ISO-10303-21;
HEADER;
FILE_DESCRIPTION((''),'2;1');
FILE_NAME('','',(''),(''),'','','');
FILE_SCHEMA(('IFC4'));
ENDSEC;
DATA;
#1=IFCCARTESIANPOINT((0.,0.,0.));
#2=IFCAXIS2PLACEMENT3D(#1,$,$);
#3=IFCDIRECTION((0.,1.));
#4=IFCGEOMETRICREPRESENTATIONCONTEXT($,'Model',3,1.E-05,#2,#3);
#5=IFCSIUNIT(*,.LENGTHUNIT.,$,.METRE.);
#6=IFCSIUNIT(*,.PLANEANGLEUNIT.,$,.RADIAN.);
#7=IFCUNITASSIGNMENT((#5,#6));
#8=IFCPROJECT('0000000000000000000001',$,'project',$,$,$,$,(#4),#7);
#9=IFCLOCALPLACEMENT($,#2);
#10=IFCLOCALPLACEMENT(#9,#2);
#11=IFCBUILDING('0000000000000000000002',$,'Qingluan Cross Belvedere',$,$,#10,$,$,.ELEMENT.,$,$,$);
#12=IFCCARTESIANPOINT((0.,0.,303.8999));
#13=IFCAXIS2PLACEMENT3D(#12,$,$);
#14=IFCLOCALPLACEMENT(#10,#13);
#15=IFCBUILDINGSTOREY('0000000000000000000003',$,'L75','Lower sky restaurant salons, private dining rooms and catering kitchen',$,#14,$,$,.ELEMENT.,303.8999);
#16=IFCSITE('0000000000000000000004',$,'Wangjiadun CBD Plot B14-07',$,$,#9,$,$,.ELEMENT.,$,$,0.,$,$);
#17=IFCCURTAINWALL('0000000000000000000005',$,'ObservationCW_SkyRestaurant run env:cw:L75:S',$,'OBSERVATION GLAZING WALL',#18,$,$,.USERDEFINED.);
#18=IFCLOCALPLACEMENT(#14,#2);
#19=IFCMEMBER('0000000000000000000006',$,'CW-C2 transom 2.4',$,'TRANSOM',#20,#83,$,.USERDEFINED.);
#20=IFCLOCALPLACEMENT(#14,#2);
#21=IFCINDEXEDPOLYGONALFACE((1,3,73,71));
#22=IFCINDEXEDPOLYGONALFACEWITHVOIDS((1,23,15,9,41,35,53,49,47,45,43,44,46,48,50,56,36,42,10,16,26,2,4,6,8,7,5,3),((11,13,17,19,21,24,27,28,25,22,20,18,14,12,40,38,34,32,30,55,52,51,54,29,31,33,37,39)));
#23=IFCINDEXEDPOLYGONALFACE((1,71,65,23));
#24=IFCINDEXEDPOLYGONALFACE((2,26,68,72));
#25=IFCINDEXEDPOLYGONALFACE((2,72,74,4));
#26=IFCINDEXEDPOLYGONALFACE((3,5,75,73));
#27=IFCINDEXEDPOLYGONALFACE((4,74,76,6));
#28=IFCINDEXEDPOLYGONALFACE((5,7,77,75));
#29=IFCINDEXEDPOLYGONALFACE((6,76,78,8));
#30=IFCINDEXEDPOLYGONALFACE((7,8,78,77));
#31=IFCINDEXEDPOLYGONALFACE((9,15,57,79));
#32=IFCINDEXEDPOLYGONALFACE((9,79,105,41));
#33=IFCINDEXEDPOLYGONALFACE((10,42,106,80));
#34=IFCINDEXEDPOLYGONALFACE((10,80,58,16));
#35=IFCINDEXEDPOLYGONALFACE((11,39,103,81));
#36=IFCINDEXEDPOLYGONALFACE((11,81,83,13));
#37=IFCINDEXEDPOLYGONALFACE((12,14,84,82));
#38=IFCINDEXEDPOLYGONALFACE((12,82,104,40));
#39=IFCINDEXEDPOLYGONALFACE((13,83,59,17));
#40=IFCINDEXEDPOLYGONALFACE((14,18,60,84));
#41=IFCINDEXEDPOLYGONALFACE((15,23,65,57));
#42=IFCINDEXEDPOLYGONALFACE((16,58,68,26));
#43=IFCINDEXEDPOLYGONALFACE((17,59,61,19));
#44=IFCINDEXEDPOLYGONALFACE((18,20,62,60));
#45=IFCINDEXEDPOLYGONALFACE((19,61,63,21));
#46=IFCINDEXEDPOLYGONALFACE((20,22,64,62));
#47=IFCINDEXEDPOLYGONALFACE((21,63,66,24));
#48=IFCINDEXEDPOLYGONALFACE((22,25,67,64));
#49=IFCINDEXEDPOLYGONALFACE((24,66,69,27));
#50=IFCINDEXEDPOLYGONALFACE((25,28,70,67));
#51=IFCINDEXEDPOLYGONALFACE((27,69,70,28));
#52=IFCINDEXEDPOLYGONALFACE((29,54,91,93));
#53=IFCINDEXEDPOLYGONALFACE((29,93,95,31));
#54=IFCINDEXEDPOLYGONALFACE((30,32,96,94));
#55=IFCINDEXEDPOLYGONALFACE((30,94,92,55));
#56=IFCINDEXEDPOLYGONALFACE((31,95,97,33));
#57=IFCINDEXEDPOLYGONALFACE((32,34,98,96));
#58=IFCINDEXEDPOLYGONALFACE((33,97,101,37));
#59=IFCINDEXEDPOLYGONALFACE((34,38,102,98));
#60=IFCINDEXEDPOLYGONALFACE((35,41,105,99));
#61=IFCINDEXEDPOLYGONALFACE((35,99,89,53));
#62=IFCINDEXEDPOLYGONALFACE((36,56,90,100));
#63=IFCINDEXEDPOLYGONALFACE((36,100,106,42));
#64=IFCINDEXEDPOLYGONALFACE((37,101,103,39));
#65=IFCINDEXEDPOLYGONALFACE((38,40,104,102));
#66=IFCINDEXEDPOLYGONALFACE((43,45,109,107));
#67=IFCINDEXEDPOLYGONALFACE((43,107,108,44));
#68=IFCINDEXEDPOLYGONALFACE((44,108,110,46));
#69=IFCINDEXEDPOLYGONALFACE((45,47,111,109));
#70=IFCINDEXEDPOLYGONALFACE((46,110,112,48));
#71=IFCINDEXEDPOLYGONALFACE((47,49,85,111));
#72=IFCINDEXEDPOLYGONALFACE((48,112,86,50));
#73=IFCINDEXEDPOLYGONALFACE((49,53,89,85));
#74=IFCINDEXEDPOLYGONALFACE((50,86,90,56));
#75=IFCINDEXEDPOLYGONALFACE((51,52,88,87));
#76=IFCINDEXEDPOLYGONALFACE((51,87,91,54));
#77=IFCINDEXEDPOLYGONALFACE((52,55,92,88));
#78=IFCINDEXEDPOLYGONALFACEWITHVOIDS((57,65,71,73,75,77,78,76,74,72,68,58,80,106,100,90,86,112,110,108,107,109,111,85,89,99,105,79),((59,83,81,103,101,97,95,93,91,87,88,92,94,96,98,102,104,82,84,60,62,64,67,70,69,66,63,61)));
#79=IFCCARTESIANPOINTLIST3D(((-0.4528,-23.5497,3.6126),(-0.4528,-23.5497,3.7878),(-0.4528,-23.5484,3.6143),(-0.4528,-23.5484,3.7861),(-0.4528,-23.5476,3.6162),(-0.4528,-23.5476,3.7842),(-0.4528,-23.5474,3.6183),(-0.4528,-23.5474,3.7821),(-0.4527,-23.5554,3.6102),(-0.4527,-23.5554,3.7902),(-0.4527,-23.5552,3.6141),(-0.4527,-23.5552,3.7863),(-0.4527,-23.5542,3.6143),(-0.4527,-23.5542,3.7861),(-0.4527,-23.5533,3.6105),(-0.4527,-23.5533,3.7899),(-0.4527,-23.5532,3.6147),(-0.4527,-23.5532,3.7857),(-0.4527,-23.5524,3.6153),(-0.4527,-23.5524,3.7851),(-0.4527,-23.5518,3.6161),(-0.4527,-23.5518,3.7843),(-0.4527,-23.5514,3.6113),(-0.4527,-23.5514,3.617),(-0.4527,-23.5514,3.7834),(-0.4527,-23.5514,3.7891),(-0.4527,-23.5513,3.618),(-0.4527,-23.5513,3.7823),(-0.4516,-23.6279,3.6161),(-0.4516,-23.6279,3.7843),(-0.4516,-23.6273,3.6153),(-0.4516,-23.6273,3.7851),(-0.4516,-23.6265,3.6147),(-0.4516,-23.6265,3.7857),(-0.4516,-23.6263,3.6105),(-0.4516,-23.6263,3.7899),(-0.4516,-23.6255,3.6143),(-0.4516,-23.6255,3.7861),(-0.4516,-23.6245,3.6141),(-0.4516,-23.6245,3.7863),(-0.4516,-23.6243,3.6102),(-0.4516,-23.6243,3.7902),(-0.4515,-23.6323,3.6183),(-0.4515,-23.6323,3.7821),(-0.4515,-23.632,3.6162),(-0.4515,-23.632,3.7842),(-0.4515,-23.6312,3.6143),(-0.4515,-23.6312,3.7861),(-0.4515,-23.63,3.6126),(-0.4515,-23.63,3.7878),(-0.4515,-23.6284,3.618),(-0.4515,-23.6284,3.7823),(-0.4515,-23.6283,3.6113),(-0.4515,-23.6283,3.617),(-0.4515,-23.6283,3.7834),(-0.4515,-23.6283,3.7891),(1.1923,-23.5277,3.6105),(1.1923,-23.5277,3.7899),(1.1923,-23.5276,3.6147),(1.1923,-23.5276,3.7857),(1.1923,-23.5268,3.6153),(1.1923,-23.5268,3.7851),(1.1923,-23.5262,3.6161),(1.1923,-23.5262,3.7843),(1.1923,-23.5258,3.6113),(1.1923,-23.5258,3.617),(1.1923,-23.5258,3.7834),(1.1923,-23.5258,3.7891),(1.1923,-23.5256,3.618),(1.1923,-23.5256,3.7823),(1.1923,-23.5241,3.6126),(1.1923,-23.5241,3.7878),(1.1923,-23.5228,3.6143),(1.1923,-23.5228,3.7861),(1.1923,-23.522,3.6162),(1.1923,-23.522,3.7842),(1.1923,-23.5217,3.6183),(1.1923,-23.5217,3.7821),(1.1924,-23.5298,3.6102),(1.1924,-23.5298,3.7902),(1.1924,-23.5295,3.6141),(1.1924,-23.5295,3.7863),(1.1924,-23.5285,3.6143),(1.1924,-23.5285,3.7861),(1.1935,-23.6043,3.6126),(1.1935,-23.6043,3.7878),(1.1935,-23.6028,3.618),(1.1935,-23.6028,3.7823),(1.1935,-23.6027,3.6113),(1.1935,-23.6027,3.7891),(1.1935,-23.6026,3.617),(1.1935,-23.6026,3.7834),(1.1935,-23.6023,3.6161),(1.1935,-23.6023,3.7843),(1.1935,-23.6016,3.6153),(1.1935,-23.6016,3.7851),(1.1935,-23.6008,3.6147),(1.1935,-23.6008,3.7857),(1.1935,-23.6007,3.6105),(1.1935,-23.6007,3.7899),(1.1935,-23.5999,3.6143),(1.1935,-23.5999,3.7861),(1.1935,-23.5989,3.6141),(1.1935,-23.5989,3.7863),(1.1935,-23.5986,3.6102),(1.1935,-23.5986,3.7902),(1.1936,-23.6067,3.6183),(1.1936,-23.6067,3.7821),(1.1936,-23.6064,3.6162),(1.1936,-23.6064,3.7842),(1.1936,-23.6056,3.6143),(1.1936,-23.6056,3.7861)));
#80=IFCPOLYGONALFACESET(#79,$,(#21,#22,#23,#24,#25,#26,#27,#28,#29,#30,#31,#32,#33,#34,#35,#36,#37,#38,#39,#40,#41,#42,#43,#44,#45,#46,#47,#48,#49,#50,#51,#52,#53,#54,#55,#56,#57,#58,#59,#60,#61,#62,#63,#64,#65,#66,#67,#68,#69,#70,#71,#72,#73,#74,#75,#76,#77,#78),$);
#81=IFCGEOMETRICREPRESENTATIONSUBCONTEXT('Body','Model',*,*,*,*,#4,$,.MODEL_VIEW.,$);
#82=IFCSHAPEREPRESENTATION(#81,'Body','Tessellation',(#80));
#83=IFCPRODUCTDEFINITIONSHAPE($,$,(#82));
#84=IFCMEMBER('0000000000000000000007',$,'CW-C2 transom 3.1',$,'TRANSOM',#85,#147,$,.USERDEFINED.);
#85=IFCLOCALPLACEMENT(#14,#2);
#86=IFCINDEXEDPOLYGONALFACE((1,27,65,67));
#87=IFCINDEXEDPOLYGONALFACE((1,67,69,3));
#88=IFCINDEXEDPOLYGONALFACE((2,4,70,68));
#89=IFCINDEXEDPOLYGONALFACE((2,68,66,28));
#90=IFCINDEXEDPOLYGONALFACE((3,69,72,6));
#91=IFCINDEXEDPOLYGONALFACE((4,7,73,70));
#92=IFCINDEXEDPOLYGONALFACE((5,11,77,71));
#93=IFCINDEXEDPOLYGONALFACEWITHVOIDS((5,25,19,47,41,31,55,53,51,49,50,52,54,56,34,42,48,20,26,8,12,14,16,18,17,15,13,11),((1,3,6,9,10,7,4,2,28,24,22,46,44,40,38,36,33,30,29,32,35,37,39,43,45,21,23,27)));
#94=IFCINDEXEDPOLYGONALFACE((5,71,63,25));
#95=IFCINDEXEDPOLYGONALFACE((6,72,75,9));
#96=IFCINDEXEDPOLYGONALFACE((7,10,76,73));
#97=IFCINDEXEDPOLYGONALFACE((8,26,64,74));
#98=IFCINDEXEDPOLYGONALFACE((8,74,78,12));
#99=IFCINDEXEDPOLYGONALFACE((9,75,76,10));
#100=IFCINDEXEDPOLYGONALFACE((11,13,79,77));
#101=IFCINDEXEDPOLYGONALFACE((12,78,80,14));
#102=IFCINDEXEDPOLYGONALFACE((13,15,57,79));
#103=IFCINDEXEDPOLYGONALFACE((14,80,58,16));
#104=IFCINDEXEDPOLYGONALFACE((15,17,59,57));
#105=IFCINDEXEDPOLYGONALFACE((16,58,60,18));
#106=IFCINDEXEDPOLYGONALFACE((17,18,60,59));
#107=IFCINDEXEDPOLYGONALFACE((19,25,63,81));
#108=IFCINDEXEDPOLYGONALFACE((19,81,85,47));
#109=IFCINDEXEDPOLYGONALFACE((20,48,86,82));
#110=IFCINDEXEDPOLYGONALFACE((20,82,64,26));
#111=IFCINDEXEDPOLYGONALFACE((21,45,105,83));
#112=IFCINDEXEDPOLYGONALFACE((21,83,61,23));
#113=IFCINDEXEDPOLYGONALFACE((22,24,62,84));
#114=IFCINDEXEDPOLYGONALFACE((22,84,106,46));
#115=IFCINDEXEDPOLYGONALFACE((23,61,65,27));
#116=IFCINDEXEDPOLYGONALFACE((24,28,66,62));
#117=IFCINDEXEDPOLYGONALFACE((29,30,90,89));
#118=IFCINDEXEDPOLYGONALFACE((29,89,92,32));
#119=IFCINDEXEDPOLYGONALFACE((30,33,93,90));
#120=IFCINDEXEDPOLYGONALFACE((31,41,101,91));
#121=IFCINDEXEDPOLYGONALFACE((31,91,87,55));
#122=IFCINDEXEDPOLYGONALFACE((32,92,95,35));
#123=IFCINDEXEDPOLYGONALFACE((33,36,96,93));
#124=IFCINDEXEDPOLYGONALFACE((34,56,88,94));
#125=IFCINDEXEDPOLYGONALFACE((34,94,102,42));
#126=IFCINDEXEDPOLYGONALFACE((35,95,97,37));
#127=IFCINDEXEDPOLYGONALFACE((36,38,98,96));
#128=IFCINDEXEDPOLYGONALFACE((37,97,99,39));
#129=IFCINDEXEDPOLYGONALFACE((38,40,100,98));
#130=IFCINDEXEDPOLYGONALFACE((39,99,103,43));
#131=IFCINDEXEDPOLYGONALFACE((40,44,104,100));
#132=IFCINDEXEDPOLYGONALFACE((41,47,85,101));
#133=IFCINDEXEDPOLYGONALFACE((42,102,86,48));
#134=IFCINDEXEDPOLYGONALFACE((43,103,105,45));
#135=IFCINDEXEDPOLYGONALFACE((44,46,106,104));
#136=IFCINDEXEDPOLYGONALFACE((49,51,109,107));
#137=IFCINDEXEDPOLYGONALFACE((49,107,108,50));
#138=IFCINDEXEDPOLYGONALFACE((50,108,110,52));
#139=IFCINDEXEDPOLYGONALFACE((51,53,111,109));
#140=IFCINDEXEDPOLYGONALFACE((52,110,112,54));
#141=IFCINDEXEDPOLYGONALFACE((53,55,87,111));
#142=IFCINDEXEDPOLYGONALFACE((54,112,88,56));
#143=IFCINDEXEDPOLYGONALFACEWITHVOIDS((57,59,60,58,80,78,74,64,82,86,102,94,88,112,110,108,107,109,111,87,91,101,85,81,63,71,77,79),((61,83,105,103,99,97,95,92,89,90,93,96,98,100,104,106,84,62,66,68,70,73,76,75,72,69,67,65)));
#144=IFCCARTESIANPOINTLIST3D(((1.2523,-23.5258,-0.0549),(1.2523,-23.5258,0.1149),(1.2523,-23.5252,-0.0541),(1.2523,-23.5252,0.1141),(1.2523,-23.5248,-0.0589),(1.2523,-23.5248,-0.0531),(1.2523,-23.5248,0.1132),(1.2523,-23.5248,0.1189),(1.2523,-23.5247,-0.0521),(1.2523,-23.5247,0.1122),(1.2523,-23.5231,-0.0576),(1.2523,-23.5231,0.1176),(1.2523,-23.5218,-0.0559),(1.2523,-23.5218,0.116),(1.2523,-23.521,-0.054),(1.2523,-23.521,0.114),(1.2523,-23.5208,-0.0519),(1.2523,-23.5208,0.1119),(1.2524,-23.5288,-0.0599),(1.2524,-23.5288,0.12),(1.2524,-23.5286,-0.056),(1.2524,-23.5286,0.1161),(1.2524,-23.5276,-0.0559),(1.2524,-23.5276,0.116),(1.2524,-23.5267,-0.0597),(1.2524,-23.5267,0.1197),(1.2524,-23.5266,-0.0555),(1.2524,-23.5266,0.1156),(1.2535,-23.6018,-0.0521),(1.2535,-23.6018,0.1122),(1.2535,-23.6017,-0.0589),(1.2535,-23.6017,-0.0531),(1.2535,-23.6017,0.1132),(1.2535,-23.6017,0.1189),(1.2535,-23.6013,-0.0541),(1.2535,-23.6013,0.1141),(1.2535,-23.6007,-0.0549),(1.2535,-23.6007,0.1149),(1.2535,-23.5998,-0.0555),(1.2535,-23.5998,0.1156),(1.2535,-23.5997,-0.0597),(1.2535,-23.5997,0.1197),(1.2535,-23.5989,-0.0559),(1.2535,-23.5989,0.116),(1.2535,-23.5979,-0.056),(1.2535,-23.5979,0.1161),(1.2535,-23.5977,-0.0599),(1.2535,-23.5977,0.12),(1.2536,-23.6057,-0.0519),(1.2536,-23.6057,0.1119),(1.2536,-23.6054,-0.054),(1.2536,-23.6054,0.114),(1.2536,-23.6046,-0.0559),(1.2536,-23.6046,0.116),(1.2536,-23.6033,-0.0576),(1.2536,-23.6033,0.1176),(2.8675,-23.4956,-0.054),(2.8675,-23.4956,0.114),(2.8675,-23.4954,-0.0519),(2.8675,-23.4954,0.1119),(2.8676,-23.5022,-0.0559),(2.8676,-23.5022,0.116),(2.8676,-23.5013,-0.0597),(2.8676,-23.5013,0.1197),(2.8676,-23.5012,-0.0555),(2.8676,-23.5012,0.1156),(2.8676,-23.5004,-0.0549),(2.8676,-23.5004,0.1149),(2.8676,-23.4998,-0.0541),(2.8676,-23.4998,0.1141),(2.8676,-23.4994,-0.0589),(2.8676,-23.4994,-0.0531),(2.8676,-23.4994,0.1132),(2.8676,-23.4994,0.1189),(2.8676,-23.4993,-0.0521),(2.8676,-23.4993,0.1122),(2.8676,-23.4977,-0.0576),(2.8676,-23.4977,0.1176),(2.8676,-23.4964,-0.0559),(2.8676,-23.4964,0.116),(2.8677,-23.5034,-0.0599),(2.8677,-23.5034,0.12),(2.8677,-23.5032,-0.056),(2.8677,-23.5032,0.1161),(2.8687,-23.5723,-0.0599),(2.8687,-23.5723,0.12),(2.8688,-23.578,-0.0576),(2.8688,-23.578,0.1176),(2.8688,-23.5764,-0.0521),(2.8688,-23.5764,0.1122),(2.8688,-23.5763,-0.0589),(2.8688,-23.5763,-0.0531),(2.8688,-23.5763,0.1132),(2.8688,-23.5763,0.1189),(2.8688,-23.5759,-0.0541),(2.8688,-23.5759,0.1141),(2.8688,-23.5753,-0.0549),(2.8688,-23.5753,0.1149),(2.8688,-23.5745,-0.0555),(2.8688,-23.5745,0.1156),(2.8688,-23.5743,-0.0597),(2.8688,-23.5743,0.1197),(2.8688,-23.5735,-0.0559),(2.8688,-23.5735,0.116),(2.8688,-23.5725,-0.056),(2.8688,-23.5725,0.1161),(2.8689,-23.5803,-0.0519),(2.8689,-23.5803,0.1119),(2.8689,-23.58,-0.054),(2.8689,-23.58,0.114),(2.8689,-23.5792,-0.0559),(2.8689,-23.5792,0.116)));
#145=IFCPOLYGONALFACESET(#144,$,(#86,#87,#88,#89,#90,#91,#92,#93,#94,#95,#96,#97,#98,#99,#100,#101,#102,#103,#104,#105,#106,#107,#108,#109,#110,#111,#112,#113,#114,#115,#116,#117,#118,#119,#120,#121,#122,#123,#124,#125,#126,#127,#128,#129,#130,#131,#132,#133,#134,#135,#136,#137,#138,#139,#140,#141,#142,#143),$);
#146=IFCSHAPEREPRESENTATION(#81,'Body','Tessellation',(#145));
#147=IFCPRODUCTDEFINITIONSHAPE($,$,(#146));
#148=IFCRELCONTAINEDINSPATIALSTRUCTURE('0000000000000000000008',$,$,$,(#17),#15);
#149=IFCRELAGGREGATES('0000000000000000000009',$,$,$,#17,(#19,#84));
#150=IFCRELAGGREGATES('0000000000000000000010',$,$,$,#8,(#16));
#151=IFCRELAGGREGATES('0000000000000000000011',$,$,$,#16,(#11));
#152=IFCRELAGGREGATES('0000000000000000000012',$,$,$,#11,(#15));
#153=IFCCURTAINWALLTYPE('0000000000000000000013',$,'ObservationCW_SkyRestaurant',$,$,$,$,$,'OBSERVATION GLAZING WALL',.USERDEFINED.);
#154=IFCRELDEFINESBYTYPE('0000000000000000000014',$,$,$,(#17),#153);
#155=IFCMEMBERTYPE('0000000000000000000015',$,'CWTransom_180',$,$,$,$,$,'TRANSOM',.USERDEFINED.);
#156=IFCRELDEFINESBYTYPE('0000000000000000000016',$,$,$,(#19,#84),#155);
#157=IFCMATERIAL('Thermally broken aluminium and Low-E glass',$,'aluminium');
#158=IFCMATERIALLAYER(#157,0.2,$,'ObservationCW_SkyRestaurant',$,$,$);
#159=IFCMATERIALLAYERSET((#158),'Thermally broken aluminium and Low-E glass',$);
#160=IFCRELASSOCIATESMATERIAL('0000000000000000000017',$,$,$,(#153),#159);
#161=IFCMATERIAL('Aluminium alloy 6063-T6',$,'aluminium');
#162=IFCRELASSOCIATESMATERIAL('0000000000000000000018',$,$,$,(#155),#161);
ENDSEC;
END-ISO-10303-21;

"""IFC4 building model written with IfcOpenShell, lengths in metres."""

from ifc_helpers import new_model, si_unit, direction, frame, origin, origin_2d, place, context, subcontext, project, spatial, hollow_rectangle, extrude, material, layer, layer_set, material_profile, profile_set, type_object, element, aggregate, save


model = new_model("IFC4")

# Units and contexts
model_context = context("Model", 3, precision=1e-05, world=origin(), true_north=direction((0.0, 1.0)))
body_context = subcontext(model_context, "Body", "Model", "MODEL_VIEW")
ifc_project = project(units=[si_unit("LENGTHUNIT", "METRE"), si_unit("PLANEANGLEUNIT", "RADIAN")], contexts=[model_context])

# Site, building, storey
site_placement = place(None, origin())
site = spatial("IfcSite", under=ifc_project, at=site_placement, Name="Wangjiadun CBD Plot B14-07", CompositionType="ELEMENT", RefElevation=0.0)
building_placement = place(site_placement, origin())
building = spatial("IfcBuilding", under=site, at=building_placement, Name="Qingluan Cross Belvedere", CompositionType="ELEMENT")
storey_placement = place(building_placement, frame((0.0, 0.0, 303.8999)))
storey = spatial("IfcBuildingStorey", under=building, at=storey_placement, Name="L75", Description="Lower sky restaurant salons, private dining rooms and catering kitchen", CompositionType="ELEMENT", Elevation=303.8999)

# Curtain wall, members
ifc_material_1 = material(Name="Thermally broken aluminium and Low-E glass", Category="aluminium")
ifc_layer_1 = layer(ifc_material_1, 0.2, Name="ObservationCW_SkyRestaurant")
ifc_layer_set_1 = layer_set([ifc_layer_1], Name="Thermally broken aluminium and Low-E glass")
curtain_wall_type = type_object("IfcCurtainWallType", Name="ObservationCW_SkyRestaurant", ElementType="OBSERVATION GLAZING WALL", PredefinedType="USERDEFINED", material=ifc_layer_set_1)
curtain_wall_placement = place(storey_placement, origin())
curtain_wall = element("IfcCurtainWall", 1, at=curtain_wall_placement, inside=storey, type_object=curtain_wall_type, Name="ObservationCW_SkyRestaurant run env:cw:L75:S", ObjectType="OBSERVATION GLAZING WALL", PredefinedType="USERDEFINED")
ifc_material_2 = material(Name="Aluminium alloy 6063-T6", Category="aluminium")
ifc_material_profile_1 = material_profile(ifc_material_2, hollow_rectangle(XDim=0.085, YDim=0.1799, WallThickness=0.0039, InnerFilletRadius=0.0039, OuterFilletRadius=0.0081, at=origin_2d()), Name="CWT180x85x4")
ifc_profile_set_1 = profile_set([ifc_material_profile_1], Name="Aluminium alloy 6063-T6")
member_type_1 = type_object("IfcMemberType", Name="CWTransom_180", ElementType="TRANSOM", PredefinedType="USERDEFINED", material=ifc_profile_set_1)
member_1_placement = place(storey_placement, frame((-0.4521, -23.5898, 3.7002), z_axis=(0.999879, 0.015581, 0.0), x_axis=(-0.015581, 0.999879, 0.0)))
member_1 = element("IfcMember", 2, at=member_1_placement, type_object=member_type_1, Name="CW-C2 transom 2.4", ObjectType="TRANSOM", PredefinedType="USERDEFINED", context=body_context, shape_type="SweptSolid", body=[
    extrude(hollow_rectangle(XDim=0.085, YDim=0.1799, WallThickness=0.0039, InnerFilletRadius=0.0039, OuterFilletRadius=0.0081, at=origin_2d()), origin(), (0.0, 0.0, 1.0), 1.6453),
])
member_2_placement = place(storey_placement, frame((1.2529, -23.5632, 0.03), z_axis=(0.999876, 0.015718, 0.0), x_axis=(-0.015718, 0.999876, 0.0)))
member_2 = element("IfcMember", 3, at=member_2_placement, type_object=member_type_1, Name="CW-C2 transom 3.1", ObjectType="TRANSOM", PredefinedType="USERDEFINED", context=body_context, shape_type="SweptSolid", body=[
    extrude(hollow_rectangle(XDim=0.085, YDim=0.1799, WallThickness=0.0039, InnerFilletRadius=0.0039, OuterFilletRadius=0.0081, at=origin_2d()), origin(), (0.0, 0.0, 1.0), 1.6155),
])
aggregate(curtain_wall, [member_1, member_2])

save(model, "model.ifc")
